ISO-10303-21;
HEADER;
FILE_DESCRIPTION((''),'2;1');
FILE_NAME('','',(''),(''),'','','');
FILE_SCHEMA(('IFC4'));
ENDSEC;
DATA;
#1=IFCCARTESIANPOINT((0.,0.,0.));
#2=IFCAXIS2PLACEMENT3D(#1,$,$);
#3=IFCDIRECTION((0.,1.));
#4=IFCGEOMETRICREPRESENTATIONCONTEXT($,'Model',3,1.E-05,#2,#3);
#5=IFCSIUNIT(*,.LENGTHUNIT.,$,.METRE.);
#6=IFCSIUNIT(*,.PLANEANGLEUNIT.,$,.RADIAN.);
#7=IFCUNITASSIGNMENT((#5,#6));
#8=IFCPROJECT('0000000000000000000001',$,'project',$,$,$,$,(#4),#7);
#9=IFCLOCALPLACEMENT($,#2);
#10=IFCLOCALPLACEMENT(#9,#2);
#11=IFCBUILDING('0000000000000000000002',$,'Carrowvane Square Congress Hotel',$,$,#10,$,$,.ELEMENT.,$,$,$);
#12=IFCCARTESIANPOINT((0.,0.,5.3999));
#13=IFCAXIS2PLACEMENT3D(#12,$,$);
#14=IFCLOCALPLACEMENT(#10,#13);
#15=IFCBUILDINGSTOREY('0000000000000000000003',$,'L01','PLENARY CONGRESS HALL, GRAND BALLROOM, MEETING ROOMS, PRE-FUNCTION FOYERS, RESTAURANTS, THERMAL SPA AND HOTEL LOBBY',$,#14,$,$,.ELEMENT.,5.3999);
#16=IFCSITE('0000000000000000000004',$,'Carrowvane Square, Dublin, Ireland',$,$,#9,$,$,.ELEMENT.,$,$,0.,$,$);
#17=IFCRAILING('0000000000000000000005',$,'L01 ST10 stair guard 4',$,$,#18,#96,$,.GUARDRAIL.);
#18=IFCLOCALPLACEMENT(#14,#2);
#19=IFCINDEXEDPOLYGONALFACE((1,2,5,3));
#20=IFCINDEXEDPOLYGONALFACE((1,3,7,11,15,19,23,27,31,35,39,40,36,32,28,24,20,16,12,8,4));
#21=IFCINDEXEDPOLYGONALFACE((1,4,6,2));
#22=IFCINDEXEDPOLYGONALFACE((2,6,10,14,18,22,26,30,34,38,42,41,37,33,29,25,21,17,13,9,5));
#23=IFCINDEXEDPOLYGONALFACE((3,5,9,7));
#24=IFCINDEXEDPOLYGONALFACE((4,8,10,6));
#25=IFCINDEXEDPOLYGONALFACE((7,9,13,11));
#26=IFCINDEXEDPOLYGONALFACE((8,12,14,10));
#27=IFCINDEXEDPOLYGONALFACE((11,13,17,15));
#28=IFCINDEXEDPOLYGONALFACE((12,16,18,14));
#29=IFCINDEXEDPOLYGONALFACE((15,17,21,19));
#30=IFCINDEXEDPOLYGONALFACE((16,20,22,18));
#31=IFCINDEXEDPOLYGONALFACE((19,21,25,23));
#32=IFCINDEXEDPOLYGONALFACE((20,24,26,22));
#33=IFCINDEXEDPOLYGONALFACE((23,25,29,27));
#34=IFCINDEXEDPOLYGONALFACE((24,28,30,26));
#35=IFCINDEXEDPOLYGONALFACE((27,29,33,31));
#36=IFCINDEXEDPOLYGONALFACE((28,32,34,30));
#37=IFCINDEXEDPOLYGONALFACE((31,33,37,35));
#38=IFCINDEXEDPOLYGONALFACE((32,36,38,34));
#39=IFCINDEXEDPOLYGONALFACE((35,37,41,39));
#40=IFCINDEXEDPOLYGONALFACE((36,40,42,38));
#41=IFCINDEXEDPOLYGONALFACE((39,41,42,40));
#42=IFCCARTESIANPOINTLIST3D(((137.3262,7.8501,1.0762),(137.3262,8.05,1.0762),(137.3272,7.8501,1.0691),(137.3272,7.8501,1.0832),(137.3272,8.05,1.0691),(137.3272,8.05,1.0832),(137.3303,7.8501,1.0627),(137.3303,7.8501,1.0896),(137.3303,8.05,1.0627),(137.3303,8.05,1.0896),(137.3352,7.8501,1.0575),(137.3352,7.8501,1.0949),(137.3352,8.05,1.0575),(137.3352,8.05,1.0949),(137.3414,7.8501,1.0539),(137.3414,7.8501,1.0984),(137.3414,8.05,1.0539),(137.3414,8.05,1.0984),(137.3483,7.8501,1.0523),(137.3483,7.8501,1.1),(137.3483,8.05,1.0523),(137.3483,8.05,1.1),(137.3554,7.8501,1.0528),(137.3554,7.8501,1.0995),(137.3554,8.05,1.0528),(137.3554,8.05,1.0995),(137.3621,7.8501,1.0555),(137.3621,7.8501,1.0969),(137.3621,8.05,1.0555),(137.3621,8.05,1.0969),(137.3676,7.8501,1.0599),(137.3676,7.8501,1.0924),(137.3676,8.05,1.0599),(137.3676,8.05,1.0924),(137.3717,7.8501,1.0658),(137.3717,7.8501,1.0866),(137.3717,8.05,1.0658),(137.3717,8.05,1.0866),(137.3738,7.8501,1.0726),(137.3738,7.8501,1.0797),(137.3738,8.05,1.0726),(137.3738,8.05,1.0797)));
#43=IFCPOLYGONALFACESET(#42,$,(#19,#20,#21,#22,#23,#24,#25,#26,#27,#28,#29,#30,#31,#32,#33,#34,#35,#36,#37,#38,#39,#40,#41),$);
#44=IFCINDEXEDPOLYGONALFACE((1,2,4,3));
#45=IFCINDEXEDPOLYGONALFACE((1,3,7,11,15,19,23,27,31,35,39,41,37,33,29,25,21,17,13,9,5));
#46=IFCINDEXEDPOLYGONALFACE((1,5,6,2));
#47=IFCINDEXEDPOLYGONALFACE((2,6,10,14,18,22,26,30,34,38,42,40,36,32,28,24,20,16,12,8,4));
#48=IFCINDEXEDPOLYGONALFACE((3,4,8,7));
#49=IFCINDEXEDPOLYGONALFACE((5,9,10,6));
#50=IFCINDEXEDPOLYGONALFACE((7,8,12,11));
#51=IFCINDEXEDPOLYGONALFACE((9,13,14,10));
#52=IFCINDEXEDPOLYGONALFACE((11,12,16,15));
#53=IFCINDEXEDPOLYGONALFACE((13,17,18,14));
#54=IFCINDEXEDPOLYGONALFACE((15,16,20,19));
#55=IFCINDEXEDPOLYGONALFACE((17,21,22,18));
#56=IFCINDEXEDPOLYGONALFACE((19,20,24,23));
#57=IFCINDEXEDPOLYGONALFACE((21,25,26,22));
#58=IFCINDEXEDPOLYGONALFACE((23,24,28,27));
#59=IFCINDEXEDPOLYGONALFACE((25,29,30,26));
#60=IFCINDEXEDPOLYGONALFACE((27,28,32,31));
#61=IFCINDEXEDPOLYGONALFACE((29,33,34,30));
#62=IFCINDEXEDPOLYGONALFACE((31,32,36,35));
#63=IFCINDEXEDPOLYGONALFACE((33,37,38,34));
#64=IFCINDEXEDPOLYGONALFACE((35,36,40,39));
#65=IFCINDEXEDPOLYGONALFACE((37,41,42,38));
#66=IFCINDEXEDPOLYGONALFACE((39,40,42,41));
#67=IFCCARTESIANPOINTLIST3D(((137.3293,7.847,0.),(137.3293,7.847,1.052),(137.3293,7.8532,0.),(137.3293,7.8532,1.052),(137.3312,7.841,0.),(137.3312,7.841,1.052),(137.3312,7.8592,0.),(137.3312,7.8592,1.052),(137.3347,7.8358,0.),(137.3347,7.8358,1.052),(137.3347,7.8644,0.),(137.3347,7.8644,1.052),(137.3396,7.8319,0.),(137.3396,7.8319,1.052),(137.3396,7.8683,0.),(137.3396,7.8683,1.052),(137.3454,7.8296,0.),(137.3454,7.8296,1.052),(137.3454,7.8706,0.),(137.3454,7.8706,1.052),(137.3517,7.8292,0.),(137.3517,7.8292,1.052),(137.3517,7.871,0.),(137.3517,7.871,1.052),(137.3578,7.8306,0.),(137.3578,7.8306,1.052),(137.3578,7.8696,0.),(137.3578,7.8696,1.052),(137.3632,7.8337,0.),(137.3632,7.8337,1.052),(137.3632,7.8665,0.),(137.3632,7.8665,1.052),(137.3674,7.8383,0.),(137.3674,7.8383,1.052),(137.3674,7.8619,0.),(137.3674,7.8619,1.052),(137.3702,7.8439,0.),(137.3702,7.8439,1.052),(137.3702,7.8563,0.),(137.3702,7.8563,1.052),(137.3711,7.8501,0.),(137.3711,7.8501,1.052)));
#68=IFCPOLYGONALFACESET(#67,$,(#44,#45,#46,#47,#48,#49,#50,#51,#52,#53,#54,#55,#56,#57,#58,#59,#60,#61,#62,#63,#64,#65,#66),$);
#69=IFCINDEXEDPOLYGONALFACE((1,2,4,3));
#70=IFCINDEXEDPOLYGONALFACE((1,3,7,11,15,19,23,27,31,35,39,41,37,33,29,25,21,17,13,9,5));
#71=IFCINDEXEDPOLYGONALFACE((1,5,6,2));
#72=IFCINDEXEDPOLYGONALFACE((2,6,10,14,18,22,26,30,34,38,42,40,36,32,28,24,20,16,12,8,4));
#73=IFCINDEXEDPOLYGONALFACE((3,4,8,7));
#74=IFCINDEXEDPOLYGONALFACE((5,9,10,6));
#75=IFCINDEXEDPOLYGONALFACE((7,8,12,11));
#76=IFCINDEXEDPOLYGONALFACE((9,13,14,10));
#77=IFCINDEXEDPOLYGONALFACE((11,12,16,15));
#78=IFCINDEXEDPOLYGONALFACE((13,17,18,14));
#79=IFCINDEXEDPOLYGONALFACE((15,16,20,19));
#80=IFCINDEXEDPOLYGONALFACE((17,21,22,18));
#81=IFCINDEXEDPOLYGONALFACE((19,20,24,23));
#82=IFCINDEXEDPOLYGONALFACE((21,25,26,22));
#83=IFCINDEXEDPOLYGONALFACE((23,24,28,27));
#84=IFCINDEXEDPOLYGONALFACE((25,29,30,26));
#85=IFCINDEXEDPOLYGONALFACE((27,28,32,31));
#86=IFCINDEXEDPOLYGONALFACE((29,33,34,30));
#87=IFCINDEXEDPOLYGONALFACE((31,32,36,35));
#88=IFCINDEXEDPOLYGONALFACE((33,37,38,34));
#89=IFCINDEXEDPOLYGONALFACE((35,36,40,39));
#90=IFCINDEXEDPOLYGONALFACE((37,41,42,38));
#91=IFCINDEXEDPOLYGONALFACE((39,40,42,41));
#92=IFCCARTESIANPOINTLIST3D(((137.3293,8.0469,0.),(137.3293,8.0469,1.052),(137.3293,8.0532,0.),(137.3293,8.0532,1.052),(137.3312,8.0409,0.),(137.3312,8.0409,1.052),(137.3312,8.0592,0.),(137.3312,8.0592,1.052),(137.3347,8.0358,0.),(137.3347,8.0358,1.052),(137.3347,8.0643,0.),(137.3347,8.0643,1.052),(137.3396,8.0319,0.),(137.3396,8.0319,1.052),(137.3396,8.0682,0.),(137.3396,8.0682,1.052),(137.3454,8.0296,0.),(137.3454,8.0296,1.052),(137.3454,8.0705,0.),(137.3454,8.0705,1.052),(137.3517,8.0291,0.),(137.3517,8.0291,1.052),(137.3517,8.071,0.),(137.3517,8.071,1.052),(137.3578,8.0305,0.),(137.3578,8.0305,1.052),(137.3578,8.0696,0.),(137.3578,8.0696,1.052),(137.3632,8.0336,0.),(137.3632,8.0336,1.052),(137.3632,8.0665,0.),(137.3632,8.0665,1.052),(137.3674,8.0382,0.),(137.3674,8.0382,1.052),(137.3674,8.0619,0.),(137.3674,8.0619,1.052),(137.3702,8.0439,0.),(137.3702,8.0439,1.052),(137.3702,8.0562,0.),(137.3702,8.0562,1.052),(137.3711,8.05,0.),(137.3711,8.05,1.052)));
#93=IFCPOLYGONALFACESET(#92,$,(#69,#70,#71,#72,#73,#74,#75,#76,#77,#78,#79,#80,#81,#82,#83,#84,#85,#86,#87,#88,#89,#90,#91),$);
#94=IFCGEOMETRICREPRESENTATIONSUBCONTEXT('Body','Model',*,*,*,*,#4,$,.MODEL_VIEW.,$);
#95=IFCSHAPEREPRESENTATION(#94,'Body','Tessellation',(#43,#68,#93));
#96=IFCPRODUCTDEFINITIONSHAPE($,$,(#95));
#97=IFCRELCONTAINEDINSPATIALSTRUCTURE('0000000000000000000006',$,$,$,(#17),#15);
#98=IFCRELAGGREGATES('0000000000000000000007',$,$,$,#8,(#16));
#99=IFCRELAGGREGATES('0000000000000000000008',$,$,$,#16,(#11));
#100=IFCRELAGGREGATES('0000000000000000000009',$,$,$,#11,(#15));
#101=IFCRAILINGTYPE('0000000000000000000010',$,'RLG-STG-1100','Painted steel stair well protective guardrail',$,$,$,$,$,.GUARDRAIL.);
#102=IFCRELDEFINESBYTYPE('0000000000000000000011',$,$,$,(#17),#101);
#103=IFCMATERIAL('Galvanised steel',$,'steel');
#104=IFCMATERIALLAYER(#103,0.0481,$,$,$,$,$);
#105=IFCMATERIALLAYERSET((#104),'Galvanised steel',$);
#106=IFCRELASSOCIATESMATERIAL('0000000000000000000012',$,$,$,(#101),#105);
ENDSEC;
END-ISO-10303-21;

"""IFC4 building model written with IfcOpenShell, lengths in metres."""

from ifc_helpers import new_model, si_unit, direction, frame, origin, origin_2d, place, context, subcontext, project, spatial, circle, extrude, material, layer, layer_set, type_object, element, save


model = new_model("IFC4")

# Units and contexts
model_context = context("Model", 3, precision=1e-05, world=origin(), true_north=direction((0.0, 1.0)))
body_context = subcontext(model_context, "Body", "Model", "MODEL_VIEW")
ifc_project = project(units=[si_unit("LENGTHUNIT", "METRE"), si_unit("PLANEANGLEUNIT", "RADIAN")], contexts=[model_context])

# Site, building, storey
site_placement = place(None, origin())
site = spatial("IfcSite", under=ifc_project, at=site_placement, Name="Carrowvane Square, Dublin, Ireland", CompositionType="ELEMENT", RefElevation=0.0)
building_placement = place(site_placement, origin())
building = spatial("IfcBuilding", under=site, at=building_placement, Name="Carrowvane Square Congress Hotel", CompositionType="ELEMENT")
storey_placement = place(building_placement, frame((0.0, 0.0, 5.3999)))
storey = spatial("IfcBuildingStorey", under=building, at=storey_placement, Name="L01", Description="PLENARY CONGRESS HALL, GRAND BALLROOM, MEETING ROOMS, PRE-FUNCTION FOYERS, RESTAURANTS, THERMAL SPA AND HOTEL LOBBY", CompositionType="ELEMENT", Elevation=5.3999)

# Railing
ifc_material_1 = material(Name="Galvanised steel", Category="steel")
ifc_layer_1 = layer(ifc_material_1, 0.0481)
ifc_layer_set_1 = layer_set([ifc_layer_1], Name="Galvanised steel")
railing_type_1 = type_object("IfcRailingType", Name="RLG-STG-1100", Description="Painted steel stair well protective guardrail", PredefinedType="GUARDRAIL", material=ifc_layer_set_1)
railing_1_placement = place(storey_placement, frame((137.3501, 7.8501, 0.0)))
element("IfcRailing", 1, at=railing_1_placement, inside=storey, type_object=railing_type_1, Name="L01 ST10 stair guard 4", PredefinedType="GUARDRAIL", context=body_context, shape_type="SweptSolid", body=[
    extrude(circle(Radius=0.0239, at=origin_2d()), frame((0.0, 0.0, 1.0762), z_axis=(0.0, 1.0, 0.0), x_axis=(-1.0, 0.0, 0.0)), (0.0, 0.0, 1.0), 0.2),
    extrude(circle(Radius=0.021, at=origin_2d()), origin(), (0.0, 0.0, 1.0), 1.052),
    extrude(circle(Radius=0.021, at=origin_2d()), frame((0.0, 0.2, 0.0)), (0.0, 0.0, 1.0), 1.052),
])

save(model, "model.ifc")
